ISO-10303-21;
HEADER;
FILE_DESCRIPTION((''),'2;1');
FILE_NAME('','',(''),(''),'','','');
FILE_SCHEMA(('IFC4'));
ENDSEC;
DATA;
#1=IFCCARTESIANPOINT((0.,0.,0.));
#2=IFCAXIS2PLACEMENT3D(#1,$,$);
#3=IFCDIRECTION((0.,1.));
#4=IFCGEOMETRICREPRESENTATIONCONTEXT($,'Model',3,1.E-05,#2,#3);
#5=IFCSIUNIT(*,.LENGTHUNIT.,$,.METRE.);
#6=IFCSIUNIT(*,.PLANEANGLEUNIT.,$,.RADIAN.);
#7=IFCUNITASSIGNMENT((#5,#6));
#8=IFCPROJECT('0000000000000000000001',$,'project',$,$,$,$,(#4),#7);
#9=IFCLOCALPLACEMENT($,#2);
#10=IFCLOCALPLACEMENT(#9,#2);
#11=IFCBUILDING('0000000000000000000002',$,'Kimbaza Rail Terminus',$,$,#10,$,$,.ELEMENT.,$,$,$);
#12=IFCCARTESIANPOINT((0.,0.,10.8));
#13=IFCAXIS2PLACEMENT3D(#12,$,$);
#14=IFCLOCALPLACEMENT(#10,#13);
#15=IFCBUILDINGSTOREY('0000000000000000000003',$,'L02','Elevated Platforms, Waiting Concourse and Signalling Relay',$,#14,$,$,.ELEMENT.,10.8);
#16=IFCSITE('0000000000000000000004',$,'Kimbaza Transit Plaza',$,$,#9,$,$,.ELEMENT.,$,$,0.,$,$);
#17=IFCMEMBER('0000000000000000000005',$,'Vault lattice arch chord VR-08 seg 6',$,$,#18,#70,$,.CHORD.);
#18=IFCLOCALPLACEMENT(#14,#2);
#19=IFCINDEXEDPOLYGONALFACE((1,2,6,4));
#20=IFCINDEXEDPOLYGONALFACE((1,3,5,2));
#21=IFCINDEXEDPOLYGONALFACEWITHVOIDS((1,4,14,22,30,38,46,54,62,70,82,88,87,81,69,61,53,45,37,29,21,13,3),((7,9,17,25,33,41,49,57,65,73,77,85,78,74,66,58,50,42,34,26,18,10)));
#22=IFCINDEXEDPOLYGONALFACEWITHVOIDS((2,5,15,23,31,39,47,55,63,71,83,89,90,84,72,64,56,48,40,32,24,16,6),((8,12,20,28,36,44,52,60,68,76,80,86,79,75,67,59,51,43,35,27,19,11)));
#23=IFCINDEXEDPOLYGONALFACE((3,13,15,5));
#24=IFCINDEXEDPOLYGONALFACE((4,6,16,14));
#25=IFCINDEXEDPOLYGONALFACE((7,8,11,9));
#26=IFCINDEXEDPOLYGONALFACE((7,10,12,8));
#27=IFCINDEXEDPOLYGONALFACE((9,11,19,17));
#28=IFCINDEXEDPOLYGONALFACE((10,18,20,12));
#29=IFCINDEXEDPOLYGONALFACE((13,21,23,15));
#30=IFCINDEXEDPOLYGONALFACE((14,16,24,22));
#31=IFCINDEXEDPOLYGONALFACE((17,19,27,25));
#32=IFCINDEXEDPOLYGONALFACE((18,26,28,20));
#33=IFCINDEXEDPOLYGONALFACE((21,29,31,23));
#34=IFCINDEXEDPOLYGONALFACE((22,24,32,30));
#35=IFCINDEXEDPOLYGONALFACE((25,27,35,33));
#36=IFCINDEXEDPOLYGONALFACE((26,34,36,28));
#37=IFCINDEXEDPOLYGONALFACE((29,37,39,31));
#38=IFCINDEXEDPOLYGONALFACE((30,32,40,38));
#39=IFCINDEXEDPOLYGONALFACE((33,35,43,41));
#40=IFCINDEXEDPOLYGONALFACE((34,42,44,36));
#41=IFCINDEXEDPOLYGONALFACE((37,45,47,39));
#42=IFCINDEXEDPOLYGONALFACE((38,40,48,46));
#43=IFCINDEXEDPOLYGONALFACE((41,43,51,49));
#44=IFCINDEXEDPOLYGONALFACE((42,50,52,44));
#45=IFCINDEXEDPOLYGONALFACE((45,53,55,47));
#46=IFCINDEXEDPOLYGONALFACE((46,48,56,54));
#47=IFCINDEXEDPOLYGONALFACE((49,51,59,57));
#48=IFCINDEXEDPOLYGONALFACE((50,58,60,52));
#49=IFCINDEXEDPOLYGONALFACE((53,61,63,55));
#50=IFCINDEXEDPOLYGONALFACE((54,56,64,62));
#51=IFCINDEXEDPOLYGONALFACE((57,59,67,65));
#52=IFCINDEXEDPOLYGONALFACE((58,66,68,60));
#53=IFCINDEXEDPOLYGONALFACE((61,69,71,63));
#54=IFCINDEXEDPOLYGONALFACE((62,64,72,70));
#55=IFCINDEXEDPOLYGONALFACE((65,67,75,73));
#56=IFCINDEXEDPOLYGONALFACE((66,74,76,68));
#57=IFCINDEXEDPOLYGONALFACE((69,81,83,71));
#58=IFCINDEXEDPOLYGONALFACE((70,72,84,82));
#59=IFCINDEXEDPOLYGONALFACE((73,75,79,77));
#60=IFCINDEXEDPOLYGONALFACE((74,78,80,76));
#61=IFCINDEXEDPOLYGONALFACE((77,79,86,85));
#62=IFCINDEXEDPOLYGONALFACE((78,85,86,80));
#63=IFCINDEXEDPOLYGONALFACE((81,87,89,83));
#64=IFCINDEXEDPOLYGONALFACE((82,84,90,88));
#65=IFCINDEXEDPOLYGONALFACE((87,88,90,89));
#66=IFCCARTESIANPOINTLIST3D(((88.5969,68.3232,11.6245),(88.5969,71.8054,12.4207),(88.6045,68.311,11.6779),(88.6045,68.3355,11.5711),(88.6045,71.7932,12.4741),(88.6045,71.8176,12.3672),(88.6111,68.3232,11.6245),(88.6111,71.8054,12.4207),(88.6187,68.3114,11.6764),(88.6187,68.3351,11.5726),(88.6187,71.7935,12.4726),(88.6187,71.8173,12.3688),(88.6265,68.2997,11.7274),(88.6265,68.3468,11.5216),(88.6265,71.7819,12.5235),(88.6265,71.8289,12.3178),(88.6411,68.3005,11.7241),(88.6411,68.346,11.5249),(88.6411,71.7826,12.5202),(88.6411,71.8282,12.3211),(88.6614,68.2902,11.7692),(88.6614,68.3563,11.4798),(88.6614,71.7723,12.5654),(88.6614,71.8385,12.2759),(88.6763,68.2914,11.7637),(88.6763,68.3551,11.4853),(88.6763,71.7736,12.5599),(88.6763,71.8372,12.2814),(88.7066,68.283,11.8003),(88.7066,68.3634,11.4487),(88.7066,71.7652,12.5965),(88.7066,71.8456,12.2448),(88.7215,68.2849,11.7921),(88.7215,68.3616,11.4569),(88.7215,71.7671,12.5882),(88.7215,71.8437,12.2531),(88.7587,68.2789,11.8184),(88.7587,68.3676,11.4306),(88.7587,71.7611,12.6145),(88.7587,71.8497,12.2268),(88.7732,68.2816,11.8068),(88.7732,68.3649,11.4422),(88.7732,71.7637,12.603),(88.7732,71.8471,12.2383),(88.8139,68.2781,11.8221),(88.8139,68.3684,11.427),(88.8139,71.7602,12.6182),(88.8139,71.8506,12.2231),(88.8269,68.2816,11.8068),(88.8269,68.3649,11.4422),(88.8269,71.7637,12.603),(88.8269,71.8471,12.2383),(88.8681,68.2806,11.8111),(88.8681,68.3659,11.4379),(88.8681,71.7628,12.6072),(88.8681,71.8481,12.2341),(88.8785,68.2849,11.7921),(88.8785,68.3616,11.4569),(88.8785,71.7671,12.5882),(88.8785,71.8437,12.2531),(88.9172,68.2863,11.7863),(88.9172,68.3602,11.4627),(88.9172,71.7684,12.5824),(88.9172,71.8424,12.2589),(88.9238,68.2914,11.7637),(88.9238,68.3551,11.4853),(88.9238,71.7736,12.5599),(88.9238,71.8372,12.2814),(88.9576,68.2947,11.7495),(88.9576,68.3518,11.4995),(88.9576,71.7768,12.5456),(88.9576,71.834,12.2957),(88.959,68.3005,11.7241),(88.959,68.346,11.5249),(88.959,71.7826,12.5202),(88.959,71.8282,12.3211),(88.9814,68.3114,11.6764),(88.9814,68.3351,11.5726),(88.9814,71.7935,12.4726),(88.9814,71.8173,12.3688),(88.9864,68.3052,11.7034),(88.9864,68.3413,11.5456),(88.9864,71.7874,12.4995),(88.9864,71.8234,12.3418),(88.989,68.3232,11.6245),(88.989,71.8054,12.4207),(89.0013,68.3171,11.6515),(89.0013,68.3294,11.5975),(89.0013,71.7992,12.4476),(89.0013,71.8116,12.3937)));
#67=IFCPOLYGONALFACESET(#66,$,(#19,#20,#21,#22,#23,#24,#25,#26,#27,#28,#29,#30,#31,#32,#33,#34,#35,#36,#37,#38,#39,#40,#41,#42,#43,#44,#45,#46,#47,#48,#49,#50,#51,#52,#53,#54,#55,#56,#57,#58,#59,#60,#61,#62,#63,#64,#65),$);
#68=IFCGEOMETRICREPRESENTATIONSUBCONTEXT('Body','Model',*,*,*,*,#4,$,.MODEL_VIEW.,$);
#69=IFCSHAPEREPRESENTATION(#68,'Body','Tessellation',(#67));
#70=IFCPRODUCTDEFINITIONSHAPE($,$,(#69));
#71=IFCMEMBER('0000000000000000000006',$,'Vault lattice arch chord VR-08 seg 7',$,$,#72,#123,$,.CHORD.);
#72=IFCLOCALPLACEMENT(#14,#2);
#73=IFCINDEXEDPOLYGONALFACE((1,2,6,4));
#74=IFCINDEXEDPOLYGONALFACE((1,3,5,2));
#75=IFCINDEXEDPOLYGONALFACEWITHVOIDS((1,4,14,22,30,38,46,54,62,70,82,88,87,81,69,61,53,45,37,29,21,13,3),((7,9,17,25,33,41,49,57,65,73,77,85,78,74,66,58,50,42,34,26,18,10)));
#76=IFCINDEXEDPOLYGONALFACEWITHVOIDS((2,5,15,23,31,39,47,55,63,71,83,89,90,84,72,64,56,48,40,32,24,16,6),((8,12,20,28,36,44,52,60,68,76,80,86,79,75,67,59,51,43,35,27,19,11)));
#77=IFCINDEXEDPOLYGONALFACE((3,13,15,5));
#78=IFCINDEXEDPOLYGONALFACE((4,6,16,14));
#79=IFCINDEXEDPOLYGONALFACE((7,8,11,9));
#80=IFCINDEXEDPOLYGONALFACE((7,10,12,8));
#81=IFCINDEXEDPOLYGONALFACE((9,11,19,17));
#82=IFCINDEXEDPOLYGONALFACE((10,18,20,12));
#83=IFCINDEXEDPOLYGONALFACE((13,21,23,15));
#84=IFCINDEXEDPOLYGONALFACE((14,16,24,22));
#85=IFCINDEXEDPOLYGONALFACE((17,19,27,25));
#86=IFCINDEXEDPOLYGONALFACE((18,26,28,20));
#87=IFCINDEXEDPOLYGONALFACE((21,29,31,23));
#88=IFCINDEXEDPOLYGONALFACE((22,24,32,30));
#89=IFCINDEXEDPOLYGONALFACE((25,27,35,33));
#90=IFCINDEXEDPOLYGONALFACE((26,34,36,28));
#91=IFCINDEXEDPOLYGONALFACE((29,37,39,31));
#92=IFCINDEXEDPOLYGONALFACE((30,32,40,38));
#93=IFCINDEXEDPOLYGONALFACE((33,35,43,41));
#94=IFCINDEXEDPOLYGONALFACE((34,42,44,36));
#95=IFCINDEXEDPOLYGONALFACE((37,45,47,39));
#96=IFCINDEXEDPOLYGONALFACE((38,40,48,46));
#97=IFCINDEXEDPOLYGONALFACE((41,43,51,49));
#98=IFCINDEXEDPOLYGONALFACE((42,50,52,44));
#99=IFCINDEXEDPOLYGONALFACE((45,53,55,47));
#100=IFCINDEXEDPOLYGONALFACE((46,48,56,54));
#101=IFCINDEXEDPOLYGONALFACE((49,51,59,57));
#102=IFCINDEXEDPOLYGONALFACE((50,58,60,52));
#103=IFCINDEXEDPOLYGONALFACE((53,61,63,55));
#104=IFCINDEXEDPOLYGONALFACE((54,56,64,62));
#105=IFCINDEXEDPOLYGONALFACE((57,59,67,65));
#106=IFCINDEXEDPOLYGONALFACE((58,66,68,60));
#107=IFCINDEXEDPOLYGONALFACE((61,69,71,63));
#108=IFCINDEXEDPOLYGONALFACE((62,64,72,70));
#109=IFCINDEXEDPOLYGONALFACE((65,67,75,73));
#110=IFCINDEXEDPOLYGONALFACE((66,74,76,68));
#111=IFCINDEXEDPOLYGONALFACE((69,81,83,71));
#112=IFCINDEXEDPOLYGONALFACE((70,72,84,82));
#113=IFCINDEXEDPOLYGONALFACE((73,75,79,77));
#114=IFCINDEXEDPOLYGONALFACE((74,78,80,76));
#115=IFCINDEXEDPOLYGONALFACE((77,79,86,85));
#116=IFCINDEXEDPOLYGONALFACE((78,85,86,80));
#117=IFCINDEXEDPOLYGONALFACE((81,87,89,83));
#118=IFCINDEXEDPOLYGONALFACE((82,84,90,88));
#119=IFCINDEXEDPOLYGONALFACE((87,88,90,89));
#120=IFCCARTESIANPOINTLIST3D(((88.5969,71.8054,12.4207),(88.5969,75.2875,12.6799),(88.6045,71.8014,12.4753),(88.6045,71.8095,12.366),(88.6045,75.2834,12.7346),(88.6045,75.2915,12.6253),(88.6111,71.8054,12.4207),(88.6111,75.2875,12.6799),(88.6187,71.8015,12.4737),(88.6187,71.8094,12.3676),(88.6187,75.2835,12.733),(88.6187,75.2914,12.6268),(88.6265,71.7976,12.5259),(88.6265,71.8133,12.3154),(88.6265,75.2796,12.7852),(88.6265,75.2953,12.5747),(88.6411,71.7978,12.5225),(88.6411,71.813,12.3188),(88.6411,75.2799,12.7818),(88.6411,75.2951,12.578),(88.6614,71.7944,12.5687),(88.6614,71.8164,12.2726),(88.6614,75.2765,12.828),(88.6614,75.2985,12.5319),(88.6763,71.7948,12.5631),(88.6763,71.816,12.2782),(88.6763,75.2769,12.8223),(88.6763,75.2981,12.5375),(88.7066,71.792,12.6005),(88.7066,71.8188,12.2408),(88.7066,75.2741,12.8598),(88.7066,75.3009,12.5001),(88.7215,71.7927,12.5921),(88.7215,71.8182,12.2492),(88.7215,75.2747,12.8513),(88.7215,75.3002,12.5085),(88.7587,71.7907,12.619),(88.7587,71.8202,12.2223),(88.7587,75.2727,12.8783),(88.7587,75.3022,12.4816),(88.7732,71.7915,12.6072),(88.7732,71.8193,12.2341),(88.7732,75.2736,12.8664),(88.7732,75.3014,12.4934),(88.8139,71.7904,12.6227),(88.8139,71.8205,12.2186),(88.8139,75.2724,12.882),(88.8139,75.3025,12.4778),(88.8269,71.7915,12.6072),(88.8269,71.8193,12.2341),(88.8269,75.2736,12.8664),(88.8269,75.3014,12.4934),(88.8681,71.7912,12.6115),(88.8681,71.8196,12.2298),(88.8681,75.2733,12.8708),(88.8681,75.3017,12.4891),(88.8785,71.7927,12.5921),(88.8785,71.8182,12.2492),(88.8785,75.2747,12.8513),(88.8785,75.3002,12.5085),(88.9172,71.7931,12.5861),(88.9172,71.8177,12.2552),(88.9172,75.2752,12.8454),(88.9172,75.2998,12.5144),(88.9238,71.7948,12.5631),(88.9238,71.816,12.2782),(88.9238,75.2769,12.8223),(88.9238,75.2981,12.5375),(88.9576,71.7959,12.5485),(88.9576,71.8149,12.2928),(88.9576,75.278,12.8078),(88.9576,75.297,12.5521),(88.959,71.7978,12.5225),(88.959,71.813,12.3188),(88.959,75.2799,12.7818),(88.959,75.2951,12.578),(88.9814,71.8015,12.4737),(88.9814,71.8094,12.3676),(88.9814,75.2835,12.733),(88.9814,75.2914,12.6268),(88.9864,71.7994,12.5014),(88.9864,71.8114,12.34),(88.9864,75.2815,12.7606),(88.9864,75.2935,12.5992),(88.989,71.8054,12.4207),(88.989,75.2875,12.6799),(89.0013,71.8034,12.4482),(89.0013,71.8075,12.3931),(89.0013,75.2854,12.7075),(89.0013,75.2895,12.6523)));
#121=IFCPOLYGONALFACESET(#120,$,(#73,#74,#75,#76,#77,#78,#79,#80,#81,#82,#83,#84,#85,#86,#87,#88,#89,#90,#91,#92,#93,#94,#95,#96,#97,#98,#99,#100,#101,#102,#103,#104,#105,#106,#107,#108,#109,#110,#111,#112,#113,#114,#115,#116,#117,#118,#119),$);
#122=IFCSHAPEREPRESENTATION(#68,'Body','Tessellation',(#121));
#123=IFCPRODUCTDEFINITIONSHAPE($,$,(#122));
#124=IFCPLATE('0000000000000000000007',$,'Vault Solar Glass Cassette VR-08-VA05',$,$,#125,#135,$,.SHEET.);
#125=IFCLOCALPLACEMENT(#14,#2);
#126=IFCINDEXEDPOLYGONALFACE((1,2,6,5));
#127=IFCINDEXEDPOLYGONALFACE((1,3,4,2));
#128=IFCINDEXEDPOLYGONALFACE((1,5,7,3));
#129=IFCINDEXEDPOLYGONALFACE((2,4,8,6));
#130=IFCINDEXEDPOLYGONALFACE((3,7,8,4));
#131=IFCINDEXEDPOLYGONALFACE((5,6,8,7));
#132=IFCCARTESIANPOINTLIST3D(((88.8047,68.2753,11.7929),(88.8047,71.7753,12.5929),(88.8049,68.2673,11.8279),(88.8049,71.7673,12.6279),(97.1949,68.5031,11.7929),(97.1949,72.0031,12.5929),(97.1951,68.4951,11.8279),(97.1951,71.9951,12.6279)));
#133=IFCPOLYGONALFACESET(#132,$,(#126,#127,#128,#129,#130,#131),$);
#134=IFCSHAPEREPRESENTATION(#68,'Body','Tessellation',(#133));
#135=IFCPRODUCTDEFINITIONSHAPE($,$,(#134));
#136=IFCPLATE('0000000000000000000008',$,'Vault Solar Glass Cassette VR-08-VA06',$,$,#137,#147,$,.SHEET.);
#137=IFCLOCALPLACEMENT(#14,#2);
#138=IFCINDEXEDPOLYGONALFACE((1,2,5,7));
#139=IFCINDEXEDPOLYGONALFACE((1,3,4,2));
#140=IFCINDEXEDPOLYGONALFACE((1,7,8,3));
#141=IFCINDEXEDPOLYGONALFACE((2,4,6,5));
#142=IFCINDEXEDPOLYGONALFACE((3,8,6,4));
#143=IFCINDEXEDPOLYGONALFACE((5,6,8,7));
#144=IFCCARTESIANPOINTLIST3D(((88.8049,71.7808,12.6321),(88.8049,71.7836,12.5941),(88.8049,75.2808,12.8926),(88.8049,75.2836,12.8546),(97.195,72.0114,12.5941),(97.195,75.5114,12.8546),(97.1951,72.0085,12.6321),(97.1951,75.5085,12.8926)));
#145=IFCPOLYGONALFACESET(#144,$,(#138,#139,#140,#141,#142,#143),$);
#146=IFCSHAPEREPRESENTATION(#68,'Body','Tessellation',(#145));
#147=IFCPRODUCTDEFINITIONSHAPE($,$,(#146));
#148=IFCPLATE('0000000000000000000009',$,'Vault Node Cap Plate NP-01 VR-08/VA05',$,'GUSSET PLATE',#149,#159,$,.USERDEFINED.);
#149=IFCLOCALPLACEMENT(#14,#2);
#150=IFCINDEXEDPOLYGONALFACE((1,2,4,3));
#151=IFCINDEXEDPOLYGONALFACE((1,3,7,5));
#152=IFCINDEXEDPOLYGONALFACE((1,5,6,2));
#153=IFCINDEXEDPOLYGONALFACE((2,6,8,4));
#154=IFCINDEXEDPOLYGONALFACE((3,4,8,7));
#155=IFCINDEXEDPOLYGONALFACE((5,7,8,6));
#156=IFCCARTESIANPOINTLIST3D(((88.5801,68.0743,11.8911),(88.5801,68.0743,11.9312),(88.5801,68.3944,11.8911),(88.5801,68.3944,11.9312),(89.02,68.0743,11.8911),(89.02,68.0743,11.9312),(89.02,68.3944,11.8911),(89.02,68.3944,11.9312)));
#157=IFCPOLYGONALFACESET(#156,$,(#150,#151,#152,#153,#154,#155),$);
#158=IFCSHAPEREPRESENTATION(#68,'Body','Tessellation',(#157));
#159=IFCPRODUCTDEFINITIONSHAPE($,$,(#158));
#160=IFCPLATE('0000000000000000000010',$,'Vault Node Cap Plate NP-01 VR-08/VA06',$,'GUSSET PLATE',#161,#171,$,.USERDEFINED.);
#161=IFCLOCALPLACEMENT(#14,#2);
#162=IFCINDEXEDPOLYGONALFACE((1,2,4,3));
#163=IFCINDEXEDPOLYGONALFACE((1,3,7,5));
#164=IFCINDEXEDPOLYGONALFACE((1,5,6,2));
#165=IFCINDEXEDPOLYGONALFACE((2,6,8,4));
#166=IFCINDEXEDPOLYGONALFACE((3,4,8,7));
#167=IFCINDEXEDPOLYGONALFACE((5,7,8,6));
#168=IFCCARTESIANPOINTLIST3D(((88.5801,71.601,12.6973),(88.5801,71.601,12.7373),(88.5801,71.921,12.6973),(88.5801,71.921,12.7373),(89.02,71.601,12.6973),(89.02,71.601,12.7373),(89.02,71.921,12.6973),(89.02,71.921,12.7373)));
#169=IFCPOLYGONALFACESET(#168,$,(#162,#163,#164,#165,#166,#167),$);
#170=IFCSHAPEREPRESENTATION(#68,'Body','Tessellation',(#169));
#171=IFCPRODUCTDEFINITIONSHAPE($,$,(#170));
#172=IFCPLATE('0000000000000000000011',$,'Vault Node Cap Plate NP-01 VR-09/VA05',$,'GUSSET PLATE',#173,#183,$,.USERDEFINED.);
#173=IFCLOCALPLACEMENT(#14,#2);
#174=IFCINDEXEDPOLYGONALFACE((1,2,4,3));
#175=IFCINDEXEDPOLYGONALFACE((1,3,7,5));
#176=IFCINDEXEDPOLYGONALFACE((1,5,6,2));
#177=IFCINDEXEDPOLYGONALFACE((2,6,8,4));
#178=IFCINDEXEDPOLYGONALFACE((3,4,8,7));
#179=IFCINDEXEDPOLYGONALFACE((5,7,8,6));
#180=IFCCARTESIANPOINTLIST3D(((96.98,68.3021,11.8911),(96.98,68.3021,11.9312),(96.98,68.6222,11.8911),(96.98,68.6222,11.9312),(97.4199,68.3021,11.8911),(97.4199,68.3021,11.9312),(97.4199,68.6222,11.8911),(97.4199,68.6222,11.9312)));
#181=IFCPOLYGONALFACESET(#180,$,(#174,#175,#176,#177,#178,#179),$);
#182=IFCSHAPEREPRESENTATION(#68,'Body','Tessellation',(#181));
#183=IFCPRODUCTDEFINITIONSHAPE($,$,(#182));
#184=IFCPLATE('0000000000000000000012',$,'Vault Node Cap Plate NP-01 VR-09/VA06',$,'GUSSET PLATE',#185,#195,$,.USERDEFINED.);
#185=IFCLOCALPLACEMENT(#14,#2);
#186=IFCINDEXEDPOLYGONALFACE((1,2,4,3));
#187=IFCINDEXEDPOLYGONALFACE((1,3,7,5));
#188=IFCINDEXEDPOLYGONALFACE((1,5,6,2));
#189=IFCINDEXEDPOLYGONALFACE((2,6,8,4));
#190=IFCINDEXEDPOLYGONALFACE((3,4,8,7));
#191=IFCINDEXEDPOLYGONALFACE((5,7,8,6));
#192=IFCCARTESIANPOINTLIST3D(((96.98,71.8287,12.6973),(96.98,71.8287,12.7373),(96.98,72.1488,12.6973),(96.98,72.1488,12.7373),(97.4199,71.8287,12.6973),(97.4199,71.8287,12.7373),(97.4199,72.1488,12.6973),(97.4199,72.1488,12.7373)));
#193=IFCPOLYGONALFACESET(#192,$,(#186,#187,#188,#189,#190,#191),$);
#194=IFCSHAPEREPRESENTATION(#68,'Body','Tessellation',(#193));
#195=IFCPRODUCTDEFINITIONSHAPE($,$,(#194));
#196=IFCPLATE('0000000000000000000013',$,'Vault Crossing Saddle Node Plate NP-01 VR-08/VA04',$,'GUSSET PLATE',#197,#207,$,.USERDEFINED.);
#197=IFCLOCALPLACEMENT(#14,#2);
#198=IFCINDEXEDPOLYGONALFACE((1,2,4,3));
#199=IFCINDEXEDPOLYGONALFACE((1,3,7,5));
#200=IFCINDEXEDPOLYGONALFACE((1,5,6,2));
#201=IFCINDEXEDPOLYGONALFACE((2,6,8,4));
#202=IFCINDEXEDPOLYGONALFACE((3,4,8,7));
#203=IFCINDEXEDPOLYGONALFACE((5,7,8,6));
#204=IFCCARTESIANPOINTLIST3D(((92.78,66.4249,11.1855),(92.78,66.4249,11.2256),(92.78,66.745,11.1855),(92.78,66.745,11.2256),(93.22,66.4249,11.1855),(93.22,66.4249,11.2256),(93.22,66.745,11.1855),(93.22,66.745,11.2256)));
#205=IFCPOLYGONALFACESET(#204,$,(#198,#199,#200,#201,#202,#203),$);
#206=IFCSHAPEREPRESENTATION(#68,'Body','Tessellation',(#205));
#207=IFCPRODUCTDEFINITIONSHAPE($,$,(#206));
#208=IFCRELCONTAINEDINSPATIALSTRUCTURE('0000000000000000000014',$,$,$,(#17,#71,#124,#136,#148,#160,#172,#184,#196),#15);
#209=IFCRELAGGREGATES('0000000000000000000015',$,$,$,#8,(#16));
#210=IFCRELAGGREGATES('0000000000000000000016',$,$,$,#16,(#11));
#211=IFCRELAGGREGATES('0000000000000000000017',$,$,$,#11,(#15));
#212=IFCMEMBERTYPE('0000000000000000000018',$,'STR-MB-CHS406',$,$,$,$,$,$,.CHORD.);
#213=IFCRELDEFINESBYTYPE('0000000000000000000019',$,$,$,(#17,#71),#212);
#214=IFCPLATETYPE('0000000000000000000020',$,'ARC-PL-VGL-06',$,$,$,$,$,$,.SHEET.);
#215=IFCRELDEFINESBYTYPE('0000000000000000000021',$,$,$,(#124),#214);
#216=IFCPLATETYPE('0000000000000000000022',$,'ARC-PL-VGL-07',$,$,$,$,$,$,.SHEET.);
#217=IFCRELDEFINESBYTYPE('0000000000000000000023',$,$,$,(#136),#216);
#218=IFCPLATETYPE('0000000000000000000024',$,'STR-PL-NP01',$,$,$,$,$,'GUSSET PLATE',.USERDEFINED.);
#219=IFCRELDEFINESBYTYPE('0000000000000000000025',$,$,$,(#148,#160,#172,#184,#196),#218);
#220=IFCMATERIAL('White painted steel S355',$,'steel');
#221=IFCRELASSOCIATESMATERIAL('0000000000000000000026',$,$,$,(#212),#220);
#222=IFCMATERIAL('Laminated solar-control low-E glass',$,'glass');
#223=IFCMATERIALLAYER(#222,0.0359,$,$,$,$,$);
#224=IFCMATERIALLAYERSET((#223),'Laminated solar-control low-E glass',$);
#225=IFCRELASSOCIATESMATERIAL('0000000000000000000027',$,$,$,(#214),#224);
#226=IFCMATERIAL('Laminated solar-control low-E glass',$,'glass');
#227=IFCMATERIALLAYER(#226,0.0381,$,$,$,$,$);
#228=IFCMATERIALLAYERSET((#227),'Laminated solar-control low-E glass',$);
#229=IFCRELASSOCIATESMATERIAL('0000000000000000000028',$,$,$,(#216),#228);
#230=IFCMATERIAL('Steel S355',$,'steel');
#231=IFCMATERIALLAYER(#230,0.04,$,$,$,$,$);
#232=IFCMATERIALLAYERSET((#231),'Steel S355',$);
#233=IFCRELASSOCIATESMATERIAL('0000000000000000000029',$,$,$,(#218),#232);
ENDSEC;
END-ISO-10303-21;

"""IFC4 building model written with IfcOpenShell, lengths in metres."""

from ifc_helpers import new_model, si_unit, direction, frame, origin, origin_2d, place, context, subcontext, project, spatial, polyline, rectangle, hollow_circle, outline, extrude, material, layer, layer_set, material_profile, profile_set, type_object, element, save


model = new_model("IFC4")

# Units and contexts
model_context = context("Model", 3, precision=1e-05, world=origin(), true_north=direction((0.0, 1.0)))
body_context = subcontext(model_context, "Body", "Model", "MODEL_VIEW")
ifc_project = project(units=[si_unit("LENGTHUNIT", "METRE"), si_unit("PLANEANGLEUNIT", "RADIAN")], contexts=[model_context])

# Site, building, storey
site_placement = place(None, origin())
site = spatial("IfcSite", under=ifc_project, at=site_placement, Name="Kimbaza Transit Plaza", CompositionType="ELEMENT", RefElevation=0.0)
building_placement = place(site_placement, origin())
building = spatial("IfcBuilding", under=site, at=building_placement, Name="Kimbaza Rail Terminus", CompositionType="ELEMENT")
storey_placement = place(building_placement, frame((0.0, 0.0, 10.8)))
storey = spatial("IfcBuildingStorey", under=building, at=storey_placement, Name="L02", Description="Elevated Platforms, Waiting Concourse and Signalling Relay", CompositionType="ELEMENT", Elevation=10.8)

# Members
ifc_material_1 = material(Name="White painted steel S355", Category="steel")
ifc_material_profile_1 = material_profile(ifc_material_1, hollow_circle(Radius=0.2031, WallThickness=0.0142, at=origin_2d()), Name="CHS 406.4x14.2")
ifc_profile_set_1 = profile_set([ifc_material_profile_1], Name="White painted steel S355")
member_type_1 = type_object("IfcMemberType", Name="STR-MB-CHS406", PredefinedType="CHORD", material=ifc_profile_set_1)
member_1_placement = place(storey_placement, frame((88.8, 68.3232, 11.6245), z_axis=(0.0, 0.974845, 0.222882), x_axis=(-1.0, 0.0, 0.0)))
element("IfcMember", 1, at=member_1_placement, inside=storey, type_object=member_type_1, Name="Vault lattice arch chord VR-08 seg 6", PredefinedType="CHORD", context=body_context, shape_type="SweptSolid", body=[
    extrude(hollow_circle(Radius=0.2031, WallThickness=0.0142, at=origin_2d()), origin(), (0.0, 0.0, 1.0), 3.572),
])
member_2_placement = place(storey_placement, frame((88.8, 71.8054, 12.4207), z_axis=(0.0, 0.997239, 0.074253), x_axis=(-1.0, 0.0, 0.0)))
element("IfcMember", 2, at=member_2_placement, inside=storey, type_object=member_type_1, Name="Vault lattice arch chord VR-08 seg 7", PredefinedType="CHORD", context=body_context, shape_type="SweptSolid", body=[
    extrude(hollow_circle(Radius=0.2031, WallThickness=0.0142, at=origin_2d()), origin(), (0.0, 0.0, 1.0), 3.4917),
])

# Plates
ifc_material_2 = material(Name="Laminated solar-control low-E glass", Category="glass")
ifc_layer_1 = layer(ifc_material_2, 0.0359)
ifc_layer_set_1 = layer_set([ifc_layer_1], Name="Laminated solar-control low-E glass")
plate_type_1 = type_object("IfcPlateType", Name="ARC-PL-VGL-06", PredefinedType="SHEET", material=ifc_layer_set_1)
plate_1_placement = place(storey_placement, frame((88.8049, 68.2673, 11.8279), z_axis=(0.00605, -0.222834, 0.974838), x_axis=(0.999632, 0.027139, 0.0)))
element("IfcPlate", 3, at=plate_1_placement, inside=storey, type_object=plate_type_1, Name="Vault Solar Glass Cassette VR-08-VA05", PredefinedType="SHEET", context=body_context, shape_type="SweptSolid", body=[
    extrude(outline(polyline([(0.0, 0.0), (8.3932, 0.0), (8.4882, 3.589), (0.095, 3.589), (0.0, 0.0)])), origin(), (0.0, 0.0, -1.0), 0.0359),
])
ifc_material_3 = material(Name="Laminated solar-control low-E glass", Category="glass")
ifc_layer_2 = layer(ifc_material_3, 0.0381)
ifc_layer_set_2 = layer_set([ifc_layer_2], Name="Laminated solar-control low-E glass")
plate_type_2 = type_object("IfcPlateType", Name="ARC-PL-VGL-07", PredefinedType="SHEET", material=ifc_layer_set_2)
plate_2_placement = place(storey_placement, frame((88.8049, 71.7808, 12.6321), z_axis=(0.002015, -0.074223, 0.99724), x_axis=(0.999632, 0.027139, 0.0)))
element("IfcPlate", 4, at=plate_2_placement, inside=storey, type_object=plate_type_2, Name="Vault Solar Glass Cassette VR-08-VA06", PredefinedType="SHEET", context=body_context, shape_type="SweptSolid", body=[
    extrude(outline(polyline([(0.0, 0.0), (8.3932, 0.0), (8.4882, 3.5084), (0.095, 3.5084), (0.0, 0.0)])), origin(), (0.0, 0.0, -1.0), 0.0381),
])
ifc_material_4 = material(Name="Steel S355", Category="steel")
ifc_layer_3 = layer(ifc_material_4, 0.04)
ifc_layer_set_3 = layer_set([ifc_layer_3], Name="Steel S355")
plate_type_3 = type_object("IfcPlateType", Name="STR-PL-NP01", ElementType="GUSSET PLATE", PredefinedType="USERDEFINED", material=ifc_layer_set_3)
for number, where, z_axis, x_axis, name in (
    (5, (88.8, 68.2344, 11.8911), (0.0, 0.0, 1.0), (1.0, 0.0, 0.0), "Vault Node Cap Plate NP-01 VR-08/VA05"),
    (6, (88.8, 71.761, 12.6973), (0.0, 0.0, 1.0), (1.0, 0.0, 0.0), "Vault Node Cap Plate NP-01 VR-08/VA06"),
    (7, (97.2, 68.4622, 11.8911), (0.0, 0.0, 1.0), (1.0, 0.0, 0.0), "Vault Node Cap Plate NP-01 VR-09/VA05"),
    (8, (97.2, 71.9888, 12.6973), (0.0, 0.0, 1.0), (1.0, 0.0, 0.0), "Vault Node Cap Plate NP-01 VR-09/VA06"),
    (9, (93.0, 66.585, 11.1855), (0.0, 0.0, 1.0), (1.0, 0.0, 0.0), "Vault Crossing Saddle Node Plate NP-01 VR-08/VA04"),
):
    element("IfcPlate", number, at=place(storey_placement, frame(where, z_axis=z_axis, x_axis=x_axis)), inside=storey, type_object=plate_type_3, Name=name, ObjectType="GUSSET PLATE", PredefinedType="USERDEFINED", context=body_context, shape_type="SweptSolid", body=[
        extrude(rectangle(XDim=0.4399, YDim=0.3201, at=origin_2d()), origin(), (0.0, 0.0, 1.0), 0.04),
    ])

save(model, "model.ifc")
